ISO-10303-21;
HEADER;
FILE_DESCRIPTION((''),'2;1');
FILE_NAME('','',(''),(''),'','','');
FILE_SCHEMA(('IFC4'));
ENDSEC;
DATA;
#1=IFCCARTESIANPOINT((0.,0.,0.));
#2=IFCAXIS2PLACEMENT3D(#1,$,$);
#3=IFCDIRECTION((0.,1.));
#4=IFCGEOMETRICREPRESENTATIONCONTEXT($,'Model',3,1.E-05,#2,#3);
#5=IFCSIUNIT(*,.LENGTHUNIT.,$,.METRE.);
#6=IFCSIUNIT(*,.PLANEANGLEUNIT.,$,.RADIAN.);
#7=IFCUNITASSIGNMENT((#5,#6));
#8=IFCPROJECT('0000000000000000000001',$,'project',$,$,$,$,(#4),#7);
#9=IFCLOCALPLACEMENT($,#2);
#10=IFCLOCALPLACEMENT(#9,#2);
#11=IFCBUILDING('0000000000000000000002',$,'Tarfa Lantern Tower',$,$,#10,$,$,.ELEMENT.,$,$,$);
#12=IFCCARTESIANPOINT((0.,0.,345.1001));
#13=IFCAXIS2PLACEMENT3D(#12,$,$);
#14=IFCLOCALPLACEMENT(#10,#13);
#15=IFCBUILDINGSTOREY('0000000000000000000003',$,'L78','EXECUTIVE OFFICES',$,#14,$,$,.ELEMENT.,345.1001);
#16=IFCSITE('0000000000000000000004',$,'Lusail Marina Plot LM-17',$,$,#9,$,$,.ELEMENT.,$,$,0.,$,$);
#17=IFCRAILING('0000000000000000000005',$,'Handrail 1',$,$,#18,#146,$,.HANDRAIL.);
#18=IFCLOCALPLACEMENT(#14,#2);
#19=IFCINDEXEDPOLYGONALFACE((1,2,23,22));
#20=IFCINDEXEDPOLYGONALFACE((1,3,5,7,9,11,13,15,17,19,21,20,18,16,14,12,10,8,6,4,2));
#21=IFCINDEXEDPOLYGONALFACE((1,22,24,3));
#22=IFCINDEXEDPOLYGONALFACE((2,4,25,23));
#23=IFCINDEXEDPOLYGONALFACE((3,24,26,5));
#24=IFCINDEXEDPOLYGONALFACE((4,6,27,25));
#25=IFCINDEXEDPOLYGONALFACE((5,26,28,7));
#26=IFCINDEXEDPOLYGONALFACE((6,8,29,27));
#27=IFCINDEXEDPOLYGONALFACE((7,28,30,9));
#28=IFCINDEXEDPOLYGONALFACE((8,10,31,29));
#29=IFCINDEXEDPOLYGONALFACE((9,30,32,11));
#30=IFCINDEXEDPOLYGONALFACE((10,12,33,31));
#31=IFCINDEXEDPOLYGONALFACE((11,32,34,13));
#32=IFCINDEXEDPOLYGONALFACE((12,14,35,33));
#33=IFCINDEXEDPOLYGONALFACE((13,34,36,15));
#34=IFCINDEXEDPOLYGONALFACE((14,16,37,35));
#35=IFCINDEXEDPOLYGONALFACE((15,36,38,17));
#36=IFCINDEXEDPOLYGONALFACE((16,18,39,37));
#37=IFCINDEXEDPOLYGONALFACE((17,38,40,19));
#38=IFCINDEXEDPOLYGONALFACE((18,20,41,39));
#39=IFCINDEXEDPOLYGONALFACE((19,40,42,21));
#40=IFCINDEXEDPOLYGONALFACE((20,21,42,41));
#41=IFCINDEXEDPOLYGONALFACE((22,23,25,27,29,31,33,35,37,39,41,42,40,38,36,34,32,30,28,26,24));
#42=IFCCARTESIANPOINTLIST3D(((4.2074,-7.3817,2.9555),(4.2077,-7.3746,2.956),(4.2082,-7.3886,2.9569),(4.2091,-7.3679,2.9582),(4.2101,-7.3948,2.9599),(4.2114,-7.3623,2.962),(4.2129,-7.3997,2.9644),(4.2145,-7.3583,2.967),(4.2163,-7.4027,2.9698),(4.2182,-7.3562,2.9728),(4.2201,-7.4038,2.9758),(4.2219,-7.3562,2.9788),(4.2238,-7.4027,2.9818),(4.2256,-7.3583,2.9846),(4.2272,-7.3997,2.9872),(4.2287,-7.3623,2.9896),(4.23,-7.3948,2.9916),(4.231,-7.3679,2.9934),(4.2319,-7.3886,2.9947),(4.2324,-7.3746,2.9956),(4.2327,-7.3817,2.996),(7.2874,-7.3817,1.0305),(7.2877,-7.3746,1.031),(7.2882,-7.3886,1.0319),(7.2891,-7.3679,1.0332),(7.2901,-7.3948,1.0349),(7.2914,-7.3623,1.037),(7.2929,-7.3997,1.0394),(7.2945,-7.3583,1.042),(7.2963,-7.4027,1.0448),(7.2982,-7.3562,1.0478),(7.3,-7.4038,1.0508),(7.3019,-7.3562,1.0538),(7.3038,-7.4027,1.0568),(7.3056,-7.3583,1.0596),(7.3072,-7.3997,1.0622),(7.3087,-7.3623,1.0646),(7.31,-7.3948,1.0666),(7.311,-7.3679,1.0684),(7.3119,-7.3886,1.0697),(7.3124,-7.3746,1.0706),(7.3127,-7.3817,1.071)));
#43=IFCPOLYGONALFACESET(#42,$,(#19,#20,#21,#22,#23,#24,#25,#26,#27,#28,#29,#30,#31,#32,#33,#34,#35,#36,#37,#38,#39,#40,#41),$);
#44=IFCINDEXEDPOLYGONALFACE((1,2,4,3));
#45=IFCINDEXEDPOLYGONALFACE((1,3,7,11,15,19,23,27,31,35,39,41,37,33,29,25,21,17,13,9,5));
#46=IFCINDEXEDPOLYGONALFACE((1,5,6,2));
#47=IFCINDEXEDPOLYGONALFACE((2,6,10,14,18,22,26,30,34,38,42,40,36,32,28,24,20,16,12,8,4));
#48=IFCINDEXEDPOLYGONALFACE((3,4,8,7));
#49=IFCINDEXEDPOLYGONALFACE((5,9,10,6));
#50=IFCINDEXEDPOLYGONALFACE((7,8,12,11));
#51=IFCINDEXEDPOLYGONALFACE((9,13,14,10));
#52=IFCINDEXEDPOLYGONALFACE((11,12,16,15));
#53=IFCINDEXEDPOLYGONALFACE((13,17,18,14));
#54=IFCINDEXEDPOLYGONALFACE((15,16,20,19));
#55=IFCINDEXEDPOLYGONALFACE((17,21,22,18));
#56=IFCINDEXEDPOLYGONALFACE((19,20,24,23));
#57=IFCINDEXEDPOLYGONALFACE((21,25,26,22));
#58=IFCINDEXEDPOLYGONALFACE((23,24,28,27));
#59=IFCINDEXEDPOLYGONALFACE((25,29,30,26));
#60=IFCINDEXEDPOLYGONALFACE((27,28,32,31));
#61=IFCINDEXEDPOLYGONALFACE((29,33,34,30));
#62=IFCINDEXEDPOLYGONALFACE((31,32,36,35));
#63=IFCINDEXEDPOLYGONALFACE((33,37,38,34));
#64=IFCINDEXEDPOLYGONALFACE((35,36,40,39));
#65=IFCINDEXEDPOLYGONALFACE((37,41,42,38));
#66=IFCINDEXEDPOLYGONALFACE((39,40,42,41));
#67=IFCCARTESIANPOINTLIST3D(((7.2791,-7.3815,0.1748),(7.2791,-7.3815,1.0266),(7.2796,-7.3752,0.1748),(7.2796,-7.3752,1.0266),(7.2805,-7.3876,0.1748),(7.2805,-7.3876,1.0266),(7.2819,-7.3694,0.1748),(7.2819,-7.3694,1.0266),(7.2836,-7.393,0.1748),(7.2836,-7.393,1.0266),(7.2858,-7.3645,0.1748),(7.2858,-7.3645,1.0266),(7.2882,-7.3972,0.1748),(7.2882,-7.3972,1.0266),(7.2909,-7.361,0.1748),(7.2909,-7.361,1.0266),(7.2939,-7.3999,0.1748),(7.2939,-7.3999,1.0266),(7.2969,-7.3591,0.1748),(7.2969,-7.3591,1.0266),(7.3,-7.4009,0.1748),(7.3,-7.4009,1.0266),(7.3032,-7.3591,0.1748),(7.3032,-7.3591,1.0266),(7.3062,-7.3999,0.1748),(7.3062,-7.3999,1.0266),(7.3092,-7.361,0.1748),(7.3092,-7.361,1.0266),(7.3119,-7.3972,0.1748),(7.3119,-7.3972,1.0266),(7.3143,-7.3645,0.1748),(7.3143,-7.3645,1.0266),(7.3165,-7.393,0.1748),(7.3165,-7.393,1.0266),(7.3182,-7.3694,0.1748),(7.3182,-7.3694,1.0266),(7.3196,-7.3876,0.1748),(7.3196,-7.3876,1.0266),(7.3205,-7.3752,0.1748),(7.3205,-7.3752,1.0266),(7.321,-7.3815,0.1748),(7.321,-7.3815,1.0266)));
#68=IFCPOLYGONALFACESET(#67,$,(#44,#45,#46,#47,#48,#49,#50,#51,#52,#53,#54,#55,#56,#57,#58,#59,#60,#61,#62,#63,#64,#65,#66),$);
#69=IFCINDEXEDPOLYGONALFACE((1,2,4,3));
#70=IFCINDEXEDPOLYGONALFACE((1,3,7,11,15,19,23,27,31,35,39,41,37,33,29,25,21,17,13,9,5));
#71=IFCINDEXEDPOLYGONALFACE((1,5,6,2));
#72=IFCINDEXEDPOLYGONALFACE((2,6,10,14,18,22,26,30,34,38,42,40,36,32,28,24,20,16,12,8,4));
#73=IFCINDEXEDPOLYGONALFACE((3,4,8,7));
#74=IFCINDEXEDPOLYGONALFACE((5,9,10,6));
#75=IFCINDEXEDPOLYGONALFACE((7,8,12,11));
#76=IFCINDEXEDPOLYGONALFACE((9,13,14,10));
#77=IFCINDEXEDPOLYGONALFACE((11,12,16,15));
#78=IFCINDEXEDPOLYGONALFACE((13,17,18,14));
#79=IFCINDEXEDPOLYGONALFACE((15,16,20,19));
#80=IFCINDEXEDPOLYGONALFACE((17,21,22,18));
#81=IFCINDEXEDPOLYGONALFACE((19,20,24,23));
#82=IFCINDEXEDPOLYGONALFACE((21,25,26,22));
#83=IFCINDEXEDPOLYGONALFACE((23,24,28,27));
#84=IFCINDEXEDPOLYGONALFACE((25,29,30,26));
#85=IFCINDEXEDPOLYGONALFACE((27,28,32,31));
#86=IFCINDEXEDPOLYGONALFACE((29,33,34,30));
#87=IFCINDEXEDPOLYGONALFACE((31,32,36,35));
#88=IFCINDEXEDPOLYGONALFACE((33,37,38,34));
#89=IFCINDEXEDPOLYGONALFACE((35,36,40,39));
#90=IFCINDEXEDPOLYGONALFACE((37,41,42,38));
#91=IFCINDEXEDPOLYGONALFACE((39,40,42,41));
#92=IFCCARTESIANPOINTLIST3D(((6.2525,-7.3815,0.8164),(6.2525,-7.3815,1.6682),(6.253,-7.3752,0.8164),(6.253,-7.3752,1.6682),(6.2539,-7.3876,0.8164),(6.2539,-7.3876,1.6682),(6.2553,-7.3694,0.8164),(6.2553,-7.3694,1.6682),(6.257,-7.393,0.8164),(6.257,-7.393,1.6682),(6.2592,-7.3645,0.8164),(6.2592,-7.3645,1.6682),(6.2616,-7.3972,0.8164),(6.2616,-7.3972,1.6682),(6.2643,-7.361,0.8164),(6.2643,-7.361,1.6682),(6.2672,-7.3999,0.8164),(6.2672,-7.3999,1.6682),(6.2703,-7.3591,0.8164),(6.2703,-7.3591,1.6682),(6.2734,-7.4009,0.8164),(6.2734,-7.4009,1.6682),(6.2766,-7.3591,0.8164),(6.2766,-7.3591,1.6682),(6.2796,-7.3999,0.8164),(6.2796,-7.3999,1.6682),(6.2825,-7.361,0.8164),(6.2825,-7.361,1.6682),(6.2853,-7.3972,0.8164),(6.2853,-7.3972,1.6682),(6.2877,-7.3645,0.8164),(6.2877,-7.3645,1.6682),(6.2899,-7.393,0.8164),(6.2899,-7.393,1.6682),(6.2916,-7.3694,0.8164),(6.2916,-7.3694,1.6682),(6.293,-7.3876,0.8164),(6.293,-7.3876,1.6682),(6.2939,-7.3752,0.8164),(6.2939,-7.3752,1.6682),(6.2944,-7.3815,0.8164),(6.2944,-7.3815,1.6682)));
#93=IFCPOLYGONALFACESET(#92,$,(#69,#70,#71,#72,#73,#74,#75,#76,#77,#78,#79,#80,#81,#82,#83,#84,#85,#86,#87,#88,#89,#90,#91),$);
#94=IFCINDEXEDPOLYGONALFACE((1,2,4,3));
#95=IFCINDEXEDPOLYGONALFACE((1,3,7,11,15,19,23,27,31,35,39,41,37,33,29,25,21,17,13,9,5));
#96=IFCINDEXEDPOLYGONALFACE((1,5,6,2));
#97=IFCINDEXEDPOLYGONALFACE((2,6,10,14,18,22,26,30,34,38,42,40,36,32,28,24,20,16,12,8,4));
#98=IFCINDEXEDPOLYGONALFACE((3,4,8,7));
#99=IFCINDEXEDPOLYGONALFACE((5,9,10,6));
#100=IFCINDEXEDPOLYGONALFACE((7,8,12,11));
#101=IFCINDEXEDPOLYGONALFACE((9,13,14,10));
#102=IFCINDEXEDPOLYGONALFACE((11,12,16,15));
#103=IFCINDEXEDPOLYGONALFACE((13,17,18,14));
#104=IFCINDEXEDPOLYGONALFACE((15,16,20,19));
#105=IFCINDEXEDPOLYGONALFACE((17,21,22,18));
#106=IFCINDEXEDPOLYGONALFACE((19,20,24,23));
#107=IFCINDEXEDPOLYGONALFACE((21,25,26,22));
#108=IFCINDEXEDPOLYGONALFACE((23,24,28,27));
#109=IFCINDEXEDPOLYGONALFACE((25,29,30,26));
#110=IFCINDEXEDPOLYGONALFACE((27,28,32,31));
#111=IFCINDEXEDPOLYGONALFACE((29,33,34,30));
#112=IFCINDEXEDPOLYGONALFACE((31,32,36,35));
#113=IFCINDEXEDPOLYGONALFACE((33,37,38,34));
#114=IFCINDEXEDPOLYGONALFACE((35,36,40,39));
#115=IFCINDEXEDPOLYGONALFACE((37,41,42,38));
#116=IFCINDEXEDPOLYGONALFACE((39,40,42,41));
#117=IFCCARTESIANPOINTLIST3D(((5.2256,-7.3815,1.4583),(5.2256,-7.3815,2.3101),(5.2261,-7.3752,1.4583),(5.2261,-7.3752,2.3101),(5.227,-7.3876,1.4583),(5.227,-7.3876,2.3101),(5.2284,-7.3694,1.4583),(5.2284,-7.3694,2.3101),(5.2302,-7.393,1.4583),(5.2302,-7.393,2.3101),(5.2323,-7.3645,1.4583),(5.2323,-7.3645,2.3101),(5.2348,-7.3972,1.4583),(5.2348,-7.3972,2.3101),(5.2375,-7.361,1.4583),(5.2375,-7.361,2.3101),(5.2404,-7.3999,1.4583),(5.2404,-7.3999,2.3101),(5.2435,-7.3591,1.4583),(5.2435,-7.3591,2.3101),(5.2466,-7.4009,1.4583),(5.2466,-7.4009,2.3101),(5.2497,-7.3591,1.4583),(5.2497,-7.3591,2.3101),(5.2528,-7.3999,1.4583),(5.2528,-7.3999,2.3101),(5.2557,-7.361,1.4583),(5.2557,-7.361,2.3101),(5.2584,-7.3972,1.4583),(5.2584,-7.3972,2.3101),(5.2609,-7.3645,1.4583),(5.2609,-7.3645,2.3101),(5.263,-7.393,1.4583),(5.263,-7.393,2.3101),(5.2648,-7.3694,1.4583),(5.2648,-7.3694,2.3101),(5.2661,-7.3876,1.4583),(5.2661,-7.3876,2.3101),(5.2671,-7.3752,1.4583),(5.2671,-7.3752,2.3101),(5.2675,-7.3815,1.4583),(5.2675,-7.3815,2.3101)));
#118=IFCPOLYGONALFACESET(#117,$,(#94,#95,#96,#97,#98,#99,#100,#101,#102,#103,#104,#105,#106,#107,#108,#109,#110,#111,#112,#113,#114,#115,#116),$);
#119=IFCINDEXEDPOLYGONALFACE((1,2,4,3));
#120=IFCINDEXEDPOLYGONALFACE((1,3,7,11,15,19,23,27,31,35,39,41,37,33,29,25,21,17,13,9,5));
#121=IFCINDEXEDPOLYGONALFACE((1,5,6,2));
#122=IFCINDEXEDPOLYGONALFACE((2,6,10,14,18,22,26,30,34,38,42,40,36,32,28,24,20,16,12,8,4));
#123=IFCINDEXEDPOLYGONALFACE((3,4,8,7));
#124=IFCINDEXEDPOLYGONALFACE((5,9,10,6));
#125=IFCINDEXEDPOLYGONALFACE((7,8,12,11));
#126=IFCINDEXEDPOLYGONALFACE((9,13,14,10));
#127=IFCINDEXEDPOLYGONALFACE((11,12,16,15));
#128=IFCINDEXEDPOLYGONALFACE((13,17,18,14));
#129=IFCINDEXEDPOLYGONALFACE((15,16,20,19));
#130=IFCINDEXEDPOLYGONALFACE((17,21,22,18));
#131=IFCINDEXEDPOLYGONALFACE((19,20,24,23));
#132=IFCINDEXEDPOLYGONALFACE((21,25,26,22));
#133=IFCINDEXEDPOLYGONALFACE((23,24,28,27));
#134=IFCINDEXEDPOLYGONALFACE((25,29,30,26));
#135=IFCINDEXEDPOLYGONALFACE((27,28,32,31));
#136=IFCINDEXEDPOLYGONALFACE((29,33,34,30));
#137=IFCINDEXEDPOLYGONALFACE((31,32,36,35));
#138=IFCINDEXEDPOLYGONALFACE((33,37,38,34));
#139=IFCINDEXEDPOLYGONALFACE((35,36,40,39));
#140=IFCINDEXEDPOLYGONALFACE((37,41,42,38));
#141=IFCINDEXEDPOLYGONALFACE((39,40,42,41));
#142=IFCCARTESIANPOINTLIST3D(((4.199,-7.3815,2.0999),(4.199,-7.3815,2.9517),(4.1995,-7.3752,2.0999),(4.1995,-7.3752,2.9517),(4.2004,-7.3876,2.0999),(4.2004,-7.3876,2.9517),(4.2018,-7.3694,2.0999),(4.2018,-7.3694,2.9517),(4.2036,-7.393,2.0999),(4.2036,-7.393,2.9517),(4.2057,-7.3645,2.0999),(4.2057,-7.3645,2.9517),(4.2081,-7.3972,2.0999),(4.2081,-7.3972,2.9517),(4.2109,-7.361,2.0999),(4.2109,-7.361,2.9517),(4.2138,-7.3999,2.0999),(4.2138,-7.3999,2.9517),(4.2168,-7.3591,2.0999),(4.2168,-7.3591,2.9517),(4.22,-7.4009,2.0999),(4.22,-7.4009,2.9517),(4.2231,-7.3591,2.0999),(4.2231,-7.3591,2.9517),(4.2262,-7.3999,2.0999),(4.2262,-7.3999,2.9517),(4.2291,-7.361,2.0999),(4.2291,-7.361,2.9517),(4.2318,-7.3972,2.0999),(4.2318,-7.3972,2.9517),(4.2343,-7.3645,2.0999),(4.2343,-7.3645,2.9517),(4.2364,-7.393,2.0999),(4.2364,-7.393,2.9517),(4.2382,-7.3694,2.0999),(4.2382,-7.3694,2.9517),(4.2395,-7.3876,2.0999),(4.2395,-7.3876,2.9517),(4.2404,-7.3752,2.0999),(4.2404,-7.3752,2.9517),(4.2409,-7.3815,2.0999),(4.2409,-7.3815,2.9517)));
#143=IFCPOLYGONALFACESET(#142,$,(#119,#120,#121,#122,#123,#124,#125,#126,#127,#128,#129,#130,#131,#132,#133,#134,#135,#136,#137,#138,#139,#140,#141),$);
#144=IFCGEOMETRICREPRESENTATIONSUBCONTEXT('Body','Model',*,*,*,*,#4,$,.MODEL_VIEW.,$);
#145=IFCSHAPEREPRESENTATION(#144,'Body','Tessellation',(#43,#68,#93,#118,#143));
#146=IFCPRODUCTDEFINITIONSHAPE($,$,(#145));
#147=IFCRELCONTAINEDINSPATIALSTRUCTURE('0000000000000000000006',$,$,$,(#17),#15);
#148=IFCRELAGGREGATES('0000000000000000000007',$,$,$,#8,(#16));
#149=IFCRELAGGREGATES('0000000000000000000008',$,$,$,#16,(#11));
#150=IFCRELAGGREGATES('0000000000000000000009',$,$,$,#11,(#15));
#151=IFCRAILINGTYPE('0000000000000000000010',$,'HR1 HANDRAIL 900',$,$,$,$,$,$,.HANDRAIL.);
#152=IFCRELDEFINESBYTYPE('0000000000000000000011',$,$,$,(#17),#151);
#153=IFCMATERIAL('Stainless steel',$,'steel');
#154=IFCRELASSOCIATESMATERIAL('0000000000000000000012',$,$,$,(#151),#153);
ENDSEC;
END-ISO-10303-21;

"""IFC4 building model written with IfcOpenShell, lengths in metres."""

from ifc_helpers import new_model, si_unit, direction, frame, origin, origin_2d, place, context, subcontext, project, spatial, circle, extrude, material, type_object, element, save


model = new_model("IFC4")

# Units and contexts
model_context = context("Model", 3, precision=1e-05, world=origin(), true_north=direction((0.0, 1.0)))
body_context = subcontext(model_context, "Body", "Model", "MODEL_VIEW")
ifc_project = project(units=[si_unit("LENGTHUNIT", "METRE"), si_unit("PLANEANGLEUNIT", "RADIAN")], contexts=[model_context])

# Site, building, storey
site_placement = place(None, origin())
site = spatial("IfcSite", under=ifc_project, at=site_placement, Name="Lusail Marina Plot LM-17", CompositionType="ELEMENT", RefElevation=0.0)
building_placement = place(site_placement, origin())
building = spatial("IfcBuilding", under=site, at=building_placement, Name="Tarfa Lantern Tower", CompositionType="ELEMENT")
storey_placement = place(building_placement, frame((0.0, 0.0, 345.1001)))
storey = spatial("IfcBuildingStorey", under=building, at=storey_placement, Name="L78", Description="EXECUTIVE OFFICES", CompositionType="ELEMENT", Elevation=345.1001)

# Railing
ifc_material_1 = material(Name="Stainless steel", Category="steel")
railing_type = type_object("IfcRailingType", Name="HR1 HANDRAIL 900", PredefinedType="HANDRAIL", material=ifc_material_1)
railing_1_placement = place(storey_placement, frame((7.3, -7.3799, 0.1748)))
element("IfcRailing", 1, at=railing_1_placement, inside=storey, type_object=railing_type, Name="Handrail 1", PredefinedType="HANDRAIL", context=body_context, shape_type="SweptSolid", body=[
    extrude(circle(Radius=0.0239, at=origin_2d()), frame((0.0, 0.0, 0.876), z_axis=(-0.847998, 0.0, 0.529999), x_axis=(0.0, -1.0, 0.0)), (0.0, 0.0, 1.0), 3.6321),
    extrude(circle(Radius=0.021, at=origin_2d()), frame((0.0, 0.0, 0.0), z_axis=(0.0, 0.0, 1.0), x_axis=(0.0, -1.0, 0.0)), (0.0, 0.0, 1.0), 0.8518),
    extrude(circle(Radius=0.021, at=origin_2d()), frame((-1.0266, 0.0, 0.6416), z_axis=(0.0, 0.0, 1.0), x_axis=(0.0, -1.0, 0.0)), (0.0, 0.0, 1.0), 0.8518),
    extrude(circle(Radius=0.021, at=origin_2d()), frame((-2.0535, 0.0, 1.2834), z_axis=(0.0, 0.0, 1.0), x_axis=(0.0, -1.0, 0.0)), (0.0, 0.0, 1.0), 0.8518),
    extrude(circle(Radius=0.021, at=origin_2d()), frame((-3.0801, 0.0, 1.925), z_axis=(0.0, 0.0, 1.0), x_axis=(0.0, -1.0, 0.0)), (0.0, 0.0, 1.0), 0.8518),
])

save(model, "model.ifc")
